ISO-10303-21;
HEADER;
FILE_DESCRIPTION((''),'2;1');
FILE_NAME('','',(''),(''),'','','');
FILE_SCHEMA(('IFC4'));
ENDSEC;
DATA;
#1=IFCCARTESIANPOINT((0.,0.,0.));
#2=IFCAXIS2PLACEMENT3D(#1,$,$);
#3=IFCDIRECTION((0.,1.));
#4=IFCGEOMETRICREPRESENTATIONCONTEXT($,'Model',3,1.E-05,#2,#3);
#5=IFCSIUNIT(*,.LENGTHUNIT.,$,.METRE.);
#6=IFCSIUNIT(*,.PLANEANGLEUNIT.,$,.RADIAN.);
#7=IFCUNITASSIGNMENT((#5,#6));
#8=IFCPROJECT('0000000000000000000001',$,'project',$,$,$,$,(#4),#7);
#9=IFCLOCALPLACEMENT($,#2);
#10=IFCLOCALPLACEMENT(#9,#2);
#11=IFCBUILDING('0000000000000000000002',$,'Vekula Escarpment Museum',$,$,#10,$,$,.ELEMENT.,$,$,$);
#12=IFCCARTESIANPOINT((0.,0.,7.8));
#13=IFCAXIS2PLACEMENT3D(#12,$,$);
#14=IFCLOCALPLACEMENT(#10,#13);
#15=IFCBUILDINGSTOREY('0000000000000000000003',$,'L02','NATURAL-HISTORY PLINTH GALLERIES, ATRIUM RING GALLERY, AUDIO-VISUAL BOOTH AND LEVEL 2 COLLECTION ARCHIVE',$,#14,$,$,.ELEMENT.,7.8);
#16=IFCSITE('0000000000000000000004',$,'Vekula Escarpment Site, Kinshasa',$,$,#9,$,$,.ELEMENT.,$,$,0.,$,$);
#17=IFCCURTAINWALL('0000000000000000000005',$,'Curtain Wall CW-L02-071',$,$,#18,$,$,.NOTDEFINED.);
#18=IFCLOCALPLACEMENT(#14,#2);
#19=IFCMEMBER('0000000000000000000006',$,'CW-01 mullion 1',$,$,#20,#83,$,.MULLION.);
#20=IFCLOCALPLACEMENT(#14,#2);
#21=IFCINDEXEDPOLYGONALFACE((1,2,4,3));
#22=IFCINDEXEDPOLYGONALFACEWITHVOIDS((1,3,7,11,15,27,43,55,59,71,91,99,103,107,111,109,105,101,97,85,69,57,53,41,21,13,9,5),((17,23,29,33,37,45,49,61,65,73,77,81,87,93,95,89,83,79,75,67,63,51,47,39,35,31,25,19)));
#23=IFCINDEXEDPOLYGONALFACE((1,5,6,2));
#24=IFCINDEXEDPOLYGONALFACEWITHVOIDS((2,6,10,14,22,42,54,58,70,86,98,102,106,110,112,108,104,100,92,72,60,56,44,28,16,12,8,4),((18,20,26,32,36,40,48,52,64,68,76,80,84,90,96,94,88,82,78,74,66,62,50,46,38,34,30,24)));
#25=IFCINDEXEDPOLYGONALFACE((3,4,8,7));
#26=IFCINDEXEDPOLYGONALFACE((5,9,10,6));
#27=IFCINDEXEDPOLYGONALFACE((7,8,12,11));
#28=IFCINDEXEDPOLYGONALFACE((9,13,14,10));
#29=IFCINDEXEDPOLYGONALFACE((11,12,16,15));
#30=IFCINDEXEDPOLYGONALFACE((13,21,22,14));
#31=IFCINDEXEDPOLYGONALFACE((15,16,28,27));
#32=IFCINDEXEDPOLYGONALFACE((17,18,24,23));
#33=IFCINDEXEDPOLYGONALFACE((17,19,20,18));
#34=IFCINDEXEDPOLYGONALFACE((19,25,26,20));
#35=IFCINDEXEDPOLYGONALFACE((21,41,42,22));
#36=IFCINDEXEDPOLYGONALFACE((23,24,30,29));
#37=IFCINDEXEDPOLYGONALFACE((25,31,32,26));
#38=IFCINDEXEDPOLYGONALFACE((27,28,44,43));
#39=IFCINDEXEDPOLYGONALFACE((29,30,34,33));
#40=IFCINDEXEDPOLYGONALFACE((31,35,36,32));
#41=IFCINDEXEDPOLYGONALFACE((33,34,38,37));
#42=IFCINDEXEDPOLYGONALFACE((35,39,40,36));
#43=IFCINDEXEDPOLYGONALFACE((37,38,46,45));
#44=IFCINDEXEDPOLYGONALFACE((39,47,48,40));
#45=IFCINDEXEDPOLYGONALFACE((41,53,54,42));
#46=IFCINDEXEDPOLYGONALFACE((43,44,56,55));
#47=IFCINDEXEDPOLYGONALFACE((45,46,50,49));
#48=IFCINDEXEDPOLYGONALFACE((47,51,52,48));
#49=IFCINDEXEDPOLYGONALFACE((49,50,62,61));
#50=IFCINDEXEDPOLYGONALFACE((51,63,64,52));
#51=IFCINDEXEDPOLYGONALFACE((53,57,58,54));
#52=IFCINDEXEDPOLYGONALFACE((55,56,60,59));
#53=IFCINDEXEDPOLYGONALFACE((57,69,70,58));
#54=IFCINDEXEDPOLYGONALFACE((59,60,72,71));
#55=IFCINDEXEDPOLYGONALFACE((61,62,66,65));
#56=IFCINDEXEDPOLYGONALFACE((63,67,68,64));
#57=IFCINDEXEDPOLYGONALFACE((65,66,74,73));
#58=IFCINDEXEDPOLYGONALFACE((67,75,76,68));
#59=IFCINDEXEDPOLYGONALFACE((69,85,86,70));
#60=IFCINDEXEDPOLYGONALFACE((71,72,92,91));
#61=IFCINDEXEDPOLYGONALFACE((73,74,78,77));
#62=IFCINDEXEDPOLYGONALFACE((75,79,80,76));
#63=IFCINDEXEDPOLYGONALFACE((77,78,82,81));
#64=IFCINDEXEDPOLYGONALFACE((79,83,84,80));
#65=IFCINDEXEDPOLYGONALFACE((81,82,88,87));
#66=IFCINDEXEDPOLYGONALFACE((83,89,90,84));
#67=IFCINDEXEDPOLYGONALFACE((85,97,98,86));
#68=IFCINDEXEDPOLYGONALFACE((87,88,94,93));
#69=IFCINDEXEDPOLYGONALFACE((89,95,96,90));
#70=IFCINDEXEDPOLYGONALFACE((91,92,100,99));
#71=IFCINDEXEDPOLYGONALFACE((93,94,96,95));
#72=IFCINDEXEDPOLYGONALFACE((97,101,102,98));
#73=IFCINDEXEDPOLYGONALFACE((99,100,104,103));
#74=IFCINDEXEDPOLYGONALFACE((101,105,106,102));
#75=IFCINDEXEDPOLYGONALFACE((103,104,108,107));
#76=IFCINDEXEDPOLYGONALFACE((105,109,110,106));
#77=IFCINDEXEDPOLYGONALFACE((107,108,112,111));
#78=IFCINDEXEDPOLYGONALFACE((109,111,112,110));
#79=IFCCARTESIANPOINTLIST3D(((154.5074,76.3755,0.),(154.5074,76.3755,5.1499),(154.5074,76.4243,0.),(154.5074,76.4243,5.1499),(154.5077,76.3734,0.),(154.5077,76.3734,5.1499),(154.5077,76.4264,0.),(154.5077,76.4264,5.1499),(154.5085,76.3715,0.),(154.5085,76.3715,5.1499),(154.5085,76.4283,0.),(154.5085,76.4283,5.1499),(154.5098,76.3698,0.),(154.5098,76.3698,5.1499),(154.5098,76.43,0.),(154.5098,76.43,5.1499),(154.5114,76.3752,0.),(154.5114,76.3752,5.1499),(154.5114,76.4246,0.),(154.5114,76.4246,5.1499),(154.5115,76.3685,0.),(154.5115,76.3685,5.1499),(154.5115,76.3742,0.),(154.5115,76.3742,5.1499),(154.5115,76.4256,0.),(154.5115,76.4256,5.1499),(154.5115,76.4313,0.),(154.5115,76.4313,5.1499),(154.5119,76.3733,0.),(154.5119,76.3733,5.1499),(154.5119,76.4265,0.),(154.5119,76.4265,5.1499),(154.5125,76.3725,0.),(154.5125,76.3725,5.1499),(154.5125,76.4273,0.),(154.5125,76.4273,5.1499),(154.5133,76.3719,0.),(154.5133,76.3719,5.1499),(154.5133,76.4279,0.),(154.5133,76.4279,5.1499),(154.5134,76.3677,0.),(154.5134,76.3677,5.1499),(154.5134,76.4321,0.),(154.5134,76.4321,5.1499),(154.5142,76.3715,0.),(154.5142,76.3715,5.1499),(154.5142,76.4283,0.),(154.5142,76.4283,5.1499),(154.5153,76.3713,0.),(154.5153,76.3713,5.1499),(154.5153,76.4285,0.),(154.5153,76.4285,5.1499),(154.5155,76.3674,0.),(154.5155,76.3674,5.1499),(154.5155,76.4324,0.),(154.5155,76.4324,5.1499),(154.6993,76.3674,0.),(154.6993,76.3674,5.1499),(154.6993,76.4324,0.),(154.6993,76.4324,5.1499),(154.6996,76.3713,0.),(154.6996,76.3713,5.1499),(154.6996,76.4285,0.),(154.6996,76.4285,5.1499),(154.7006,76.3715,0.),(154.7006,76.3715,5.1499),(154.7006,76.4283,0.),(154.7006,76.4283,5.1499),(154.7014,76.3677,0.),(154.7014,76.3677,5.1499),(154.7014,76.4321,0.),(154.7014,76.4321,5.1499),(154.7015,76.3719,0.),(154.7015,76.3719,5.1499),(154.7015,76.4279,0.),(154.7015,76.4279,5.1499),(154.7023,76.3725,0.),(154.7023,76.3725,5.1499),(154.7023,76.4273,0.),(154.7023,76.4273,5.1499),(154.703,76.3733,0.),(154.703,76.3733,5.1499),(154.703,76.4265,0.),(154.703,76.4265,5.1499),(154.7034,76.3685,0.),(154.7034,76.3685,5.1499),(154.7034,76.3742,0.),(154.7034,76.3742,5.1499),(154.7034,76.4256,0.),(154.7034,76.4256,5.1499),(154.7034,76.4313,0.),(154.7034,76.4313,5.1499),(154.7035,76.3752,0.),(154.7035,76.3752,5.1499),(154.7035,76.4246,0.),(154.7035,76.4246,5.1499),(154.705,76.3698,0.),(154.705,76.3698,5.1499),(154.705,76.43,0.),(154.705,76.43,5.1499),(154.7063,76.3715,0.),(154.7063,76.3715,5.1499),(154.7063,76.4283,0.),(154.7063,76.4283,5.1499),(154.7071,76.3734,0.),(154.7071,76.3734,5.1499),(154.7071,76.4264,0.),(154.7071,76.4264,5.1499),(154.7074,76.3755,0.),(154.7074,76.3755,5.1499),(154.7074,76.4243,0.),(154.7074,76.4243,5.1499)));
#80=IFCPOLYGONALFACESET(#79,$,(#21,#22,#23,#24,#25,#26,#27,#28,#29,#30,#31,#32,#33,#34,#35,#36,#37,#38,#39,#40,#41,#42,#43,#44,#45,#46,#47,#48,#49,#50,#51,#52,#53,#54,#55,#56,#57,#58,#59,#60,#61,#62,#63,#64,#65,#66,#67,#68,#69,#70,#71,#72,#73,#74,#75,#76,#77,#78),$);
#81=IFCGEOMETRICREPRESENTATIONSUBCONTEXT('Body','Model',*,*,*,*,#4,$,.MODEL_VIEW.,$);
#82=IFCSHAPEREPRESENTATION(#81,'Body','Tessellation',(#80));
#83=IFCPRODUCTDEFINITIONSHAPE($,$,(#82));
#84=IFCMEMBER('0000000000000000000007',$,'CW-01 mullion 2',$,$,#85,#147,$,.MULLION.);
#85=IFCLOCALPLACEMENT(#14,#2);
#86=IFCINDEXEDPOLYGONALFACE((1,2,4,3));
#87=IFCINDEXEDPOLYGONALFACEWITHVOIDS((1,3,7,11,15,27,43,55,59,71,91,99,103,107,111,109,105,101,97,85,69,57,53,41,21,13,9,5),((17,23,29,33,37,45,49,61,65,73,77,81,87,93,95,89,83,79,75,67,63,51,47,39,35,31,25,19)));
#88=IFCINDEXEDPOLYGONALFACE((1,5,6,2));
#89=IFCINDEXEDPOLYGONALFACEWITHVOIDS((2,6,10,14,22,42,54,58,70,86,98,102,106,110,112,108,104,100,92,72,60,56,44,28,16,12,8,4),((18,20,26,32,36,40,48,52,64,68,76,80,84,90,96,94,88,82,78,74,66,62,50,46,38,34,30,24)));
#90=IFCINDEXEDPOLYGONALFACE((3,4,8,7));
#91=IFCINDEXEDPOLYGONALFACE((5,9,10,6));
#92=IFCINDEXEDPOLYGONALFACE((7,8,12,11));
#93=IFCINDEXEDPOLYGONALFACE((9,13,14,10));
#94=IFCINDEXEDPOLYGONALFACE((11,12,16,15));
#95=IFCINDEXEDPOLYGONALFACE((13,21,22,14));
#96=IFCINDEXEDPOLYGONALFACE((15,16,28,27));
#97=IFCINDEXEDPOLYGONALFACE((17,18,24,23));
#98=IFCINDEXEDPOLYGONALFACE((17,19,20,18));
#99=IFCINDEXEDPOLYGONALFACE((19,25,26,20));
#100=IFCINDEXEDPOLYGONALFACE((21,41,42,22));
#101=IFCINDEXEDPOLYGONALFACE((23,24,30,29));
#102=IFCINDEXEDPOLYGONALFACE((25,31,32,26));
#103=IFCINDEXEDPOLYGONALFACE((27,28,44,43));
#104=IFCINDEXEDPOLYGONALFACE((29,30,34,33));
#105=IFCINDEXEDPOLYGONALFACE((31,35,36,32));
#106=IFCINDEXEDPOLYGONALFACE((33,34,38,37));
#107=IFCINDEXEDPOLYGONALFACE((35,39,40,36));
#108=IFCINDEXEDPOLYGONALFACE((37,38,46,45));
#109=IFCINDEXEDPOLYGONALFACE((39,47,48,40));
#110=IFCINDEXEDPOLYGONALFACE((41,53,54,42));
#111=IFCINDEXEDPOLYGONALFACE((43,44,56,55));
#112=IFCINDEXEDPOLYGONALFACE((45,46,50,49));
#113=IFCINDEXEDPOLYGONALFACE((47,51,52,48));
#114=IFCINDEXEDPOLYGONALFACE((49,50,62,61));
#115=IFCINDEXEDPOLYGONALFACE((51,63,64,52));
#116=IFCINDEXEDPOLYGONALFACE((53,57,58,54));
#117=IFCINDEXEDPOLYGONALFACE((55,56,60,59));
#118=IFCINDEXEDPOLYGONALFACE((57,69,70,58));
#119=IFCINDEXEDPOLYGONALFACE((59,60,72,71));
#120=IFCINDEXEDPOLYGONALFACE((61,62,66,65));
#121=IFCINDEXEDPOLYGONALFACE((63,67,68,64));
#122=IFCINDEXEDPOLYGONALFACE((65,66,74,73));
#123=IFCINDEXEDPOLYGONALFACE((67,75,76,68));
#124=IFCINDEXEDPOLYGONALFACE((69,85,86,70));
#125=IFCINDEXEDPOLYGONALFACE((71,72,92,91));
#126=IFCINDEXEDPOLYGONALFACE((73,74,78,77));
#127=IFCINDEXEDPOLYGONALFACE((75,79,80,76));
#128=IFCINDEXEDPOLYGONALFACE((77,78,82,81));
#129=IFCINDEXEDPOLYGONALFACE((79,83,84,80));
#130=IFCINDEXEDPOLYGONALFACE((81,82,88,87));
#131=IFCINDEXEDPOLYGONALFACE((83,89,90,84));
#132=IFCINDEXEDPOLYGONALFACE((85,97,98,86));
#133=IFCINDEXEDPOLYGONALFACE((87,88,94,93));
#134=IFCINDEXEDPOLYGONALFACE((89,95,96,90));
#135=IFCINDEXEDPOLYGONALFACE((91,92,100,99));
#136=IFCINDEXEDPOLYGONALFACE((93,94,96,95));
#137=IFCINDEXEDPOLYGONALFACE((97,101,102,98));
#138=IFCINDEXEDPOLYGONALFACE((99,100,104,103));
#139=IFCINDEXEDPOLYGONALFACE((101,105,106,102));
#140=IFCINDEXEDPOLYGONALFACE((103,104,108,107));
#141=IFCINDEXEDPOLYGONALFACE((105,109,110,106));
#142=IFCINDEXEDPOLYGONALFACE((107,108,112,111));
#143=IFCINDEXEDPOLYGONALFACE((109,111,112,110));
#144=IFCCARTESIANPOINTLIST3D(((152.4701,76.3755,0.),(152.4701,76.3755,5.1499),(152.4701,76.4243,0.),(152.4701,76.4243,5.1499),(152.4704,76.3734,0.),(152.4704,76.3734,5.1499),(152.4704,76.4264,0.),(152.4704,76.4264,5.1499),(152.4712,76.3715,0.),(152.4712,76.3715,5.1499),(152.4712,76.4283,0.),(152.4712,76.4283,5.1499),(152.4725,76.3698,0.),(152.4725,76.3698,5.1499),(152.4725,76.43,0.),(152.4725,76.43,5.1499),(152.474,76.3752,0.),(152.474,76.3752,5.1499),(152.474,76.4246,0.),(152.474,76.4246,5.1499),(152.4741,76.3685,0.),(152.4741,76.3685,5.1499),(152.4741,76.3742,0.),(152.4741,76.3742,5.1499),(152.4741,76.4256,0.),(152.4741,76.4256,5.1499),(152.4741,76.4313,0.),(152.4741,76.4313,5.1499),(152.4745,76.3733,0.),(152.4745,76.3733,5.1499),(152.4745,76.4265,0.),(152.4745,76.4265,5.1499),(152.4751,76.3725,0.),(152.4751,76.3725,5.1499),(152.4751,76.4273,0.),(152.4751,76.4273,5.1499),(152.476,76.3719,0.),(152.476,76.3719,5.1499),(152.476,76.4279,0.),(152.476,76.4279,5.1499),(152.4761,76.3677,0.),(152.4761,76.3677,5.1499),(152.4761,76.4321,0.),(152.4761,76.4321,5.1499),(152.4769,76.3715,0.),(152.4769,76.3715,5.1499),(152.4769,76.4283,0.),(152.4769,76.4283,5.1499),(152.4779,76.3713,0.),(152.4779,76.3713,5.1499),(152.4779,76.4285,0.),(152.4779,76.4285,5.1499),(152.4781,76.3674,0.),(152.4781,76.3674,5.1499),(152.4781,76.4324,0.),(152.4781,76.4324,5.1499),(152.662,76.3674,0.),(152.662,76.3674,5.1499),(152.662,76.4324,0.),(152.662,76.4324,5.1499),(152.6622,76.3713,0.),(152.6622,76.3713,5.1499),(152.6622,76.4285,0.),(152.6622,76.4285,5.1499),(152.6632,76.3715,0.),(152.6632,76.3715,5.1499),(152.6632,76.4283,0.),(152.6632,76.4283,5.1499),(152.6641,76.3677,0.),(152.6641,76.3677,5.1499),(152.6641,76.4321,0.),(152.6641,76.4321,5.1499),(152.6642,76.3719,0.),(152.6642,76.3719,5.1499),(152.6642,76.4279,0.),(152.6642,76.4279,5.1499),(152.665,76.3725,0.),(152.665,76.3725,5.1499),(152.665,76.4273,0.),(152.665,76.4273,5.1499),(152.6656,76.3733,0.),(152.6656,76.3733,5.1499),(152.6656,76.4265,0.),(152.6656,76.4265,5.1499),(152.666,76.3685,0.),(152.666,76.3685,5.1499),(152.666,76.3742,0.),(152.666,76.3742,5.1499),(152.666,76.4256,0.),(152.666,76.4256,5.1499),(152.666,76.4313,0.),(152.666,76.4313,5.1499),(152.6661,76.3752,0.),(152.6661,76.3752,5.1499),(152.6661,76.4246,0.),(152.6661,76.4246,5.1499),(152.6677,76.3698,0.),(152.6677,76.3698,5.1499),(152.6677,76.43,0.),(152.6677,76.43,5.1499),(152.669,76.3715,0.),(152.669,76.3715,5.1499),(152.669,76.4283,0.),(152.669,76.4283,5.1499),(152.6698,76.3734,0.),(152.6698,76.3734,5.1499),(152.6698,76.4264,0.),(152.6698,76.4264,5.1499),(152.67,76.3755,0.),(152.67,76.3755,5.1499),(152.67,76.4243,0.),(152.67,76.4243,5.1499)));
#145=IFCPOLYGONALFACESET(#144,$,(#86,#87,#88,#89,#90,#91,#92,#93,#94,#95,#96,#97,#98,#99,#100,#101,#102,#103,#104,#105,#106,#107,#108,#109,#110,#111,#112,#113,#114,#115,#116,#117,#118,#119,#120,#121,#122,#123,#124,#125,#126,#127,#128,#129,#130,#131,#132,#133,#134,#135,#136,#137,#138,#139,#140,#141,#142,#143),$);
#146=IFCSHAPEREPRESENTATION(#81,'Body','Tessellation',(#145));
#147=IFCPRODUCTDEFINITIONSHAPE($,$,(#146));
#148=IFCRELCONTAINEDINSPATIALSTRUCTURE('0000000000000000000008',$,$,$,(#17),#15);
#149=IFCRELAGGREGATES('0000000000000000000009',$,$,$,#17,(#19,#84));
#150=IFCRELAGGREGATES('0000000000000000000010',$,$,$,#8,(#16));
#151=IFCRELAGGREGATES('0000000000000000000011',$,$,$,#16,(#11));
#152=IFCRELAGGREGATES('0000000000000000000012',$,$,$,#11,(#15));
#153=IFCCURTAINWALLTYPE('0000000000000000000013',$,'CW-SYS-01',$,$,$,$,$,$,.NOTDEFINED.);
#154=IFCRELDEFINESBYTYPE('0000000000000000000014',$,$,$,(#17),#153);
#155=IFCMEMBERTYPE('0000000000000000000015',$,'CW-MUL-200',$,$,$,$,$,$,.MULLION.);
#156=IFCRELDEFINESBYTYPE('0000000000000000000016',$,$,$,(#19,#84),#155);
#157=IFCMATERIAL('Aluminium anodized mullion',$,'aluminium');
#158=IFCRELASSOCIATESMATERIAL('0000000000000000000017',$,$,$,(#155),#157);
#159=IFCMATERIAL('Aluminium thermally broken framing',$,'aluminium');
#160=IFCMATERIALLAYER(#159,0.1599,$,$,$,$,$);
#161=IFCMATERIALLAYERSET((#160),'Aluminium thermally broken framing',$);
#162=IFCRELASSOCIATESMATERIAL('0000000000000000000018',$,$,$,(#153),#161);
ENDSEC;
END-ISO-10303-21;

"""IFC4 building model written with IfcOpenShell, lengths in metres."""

from ifc_helpers import new_model, si_unit, direction, frame, origin, origin_2d, place, context, subcontext, project, spatial, hollow_rectangle, extrude, material, layer, layer_set, material_profile, profile_set, type_object, element, aggregate, save


model = new_model("IFC4")

# Units and contexts
model_context = context("Model", 3, precision=1e-05, world=origin(), true_north=direction((0.0, 1.0)))
body_context = subcontext(model_context, "Body", "Model", "MODEL_VIEW")
ifc_project = project(units=[si_unit("LENGTHUNIT", "METRE"), si_unit("PLANEANGLEUNIT", "RADIAN")], contexts=[model_context])

# Site, building, storey
site_placement = place(None, origin())
site = spatial("IfcSite", under=ifc_project, at=site_placement, Name="Vekula Escarpment Site, Kinshasa", CompositionType="ELEMENT", RefElevation=0.0)
building_placement = place(site_placement, origin())
building = spatial("IfcBuilding", under=site, at=building_placement, Name="Vekula Escarpment Museum", CompositionType="ELEMENT")
storey_placement = place(building_placement, frame((0.0, 0.0, 7.8)))
storey = spatial("IfcBuildingStorey", under=building, at=storey_placement, Name="L02", Description="NATURAL-HISTORY PLINTH GALLERIES, ATRIUM RING GALLERY, AUDIO-VISUAL BOOTH AND LEVEL 2 COLLECTION ARCHIVE", CompositionType="ELEMENT", Elevation=7.8)

# Shared definitions
ifc_material_1 = material(Name="Aluminium anodized mullion", Category="aluminium")
ifc_material_profile_1 = material_profile(ifc_material_1, hollow_rectangle(XDim=0.0649, YDim=0.2, WallThickness=0.0039, InnerFilletRadius=0.0039, OuterFilletRadius=0.0081, at=origin_2d()), Name="ALU 200x65x4")
ifc_profile_set_1 = profile_set([ifc_material_profile_1], Name="Aluminium anodized mullion")
member_type_1 = type_object("IfcMemberType", Name="CW-MUL-200", PredefinedType="MULLION", material=ifc_profile_set_1)

# Curtain wall, members
ifc_material_2 = material(Name="Aluminium thermally broken framing", Category="aluminium")
ifc_layer_1 = layer(ifc_material_2, 0.1599)
ifc_layer_set_1 = layer_set([ifc_layer_1], Name="Aluminium thermally broken framing")
curtain_wall_type_1 = type_object("IfcCurtainWallType", Name="CW-SYS-01", PredefinedType="NOTDEFINED", material=ifc_layer_set_1)
curtain_wall_1_placement = place(storey_placement, origin())
curtain_wall_1 = element("IfcCurtainWall", 1, at=curtain_wall_1_placement, inside=storey, type_object=curtain_wall_type_1, Name="Curtain Wall CW-L02-071", PredefinedType="NOTDEFINED")
member_1_placement = place(storey_placement, frame((154.6074, 76.3999, 0.0), z_axis=(0.0, 0.0, 1.0), x_axis=(0.0, -1.0, 0.0)))
member_1 = element("IfcMember", 2, at=member_1_placement, type_object=member_type_1, Name="CW-01 mullion 1", PredefinedType="MULLION", context=body_context, shape_type="SweptSolid", body=[
    extrude(hollow_rectangle(XDim=0.0649, YDim=0.2, WallThickness=0.0039, InnerFilletRadius=0.0039, OuterFilletRadius=0.0081, at=origin_2d()), origin(), (0.0, 0.0, 1.0), 5.1499),
])
member_2_placement = place(storey_placement, frame((152.5701, 76.3999, 0.0), z_axis=(0.0, 0.0, 1.0), x_axis=(0.0, -1.0, 0.0)))
member_2 = element("IfcMember", 3, at=member_2_placement, type_object=member_type_1, Name="CW-01 mullion 2", PredefinedType="MULLION", context=body_context, shape_type="SweptSolid", body=[
    extrude(hollow_rectangle(XDim=0.0649, YDim=0.2, WallThickness=0.0039, InnerFilletRadius=0.0039, OuterFilletRadius=0.0081, at=origin_2d()), origin(), (0.0, 0.0, 1.0), 5.1499),
])

aggregate(curtain_wall_1, [member_1, member_2])

save(model, "model.ifc")
